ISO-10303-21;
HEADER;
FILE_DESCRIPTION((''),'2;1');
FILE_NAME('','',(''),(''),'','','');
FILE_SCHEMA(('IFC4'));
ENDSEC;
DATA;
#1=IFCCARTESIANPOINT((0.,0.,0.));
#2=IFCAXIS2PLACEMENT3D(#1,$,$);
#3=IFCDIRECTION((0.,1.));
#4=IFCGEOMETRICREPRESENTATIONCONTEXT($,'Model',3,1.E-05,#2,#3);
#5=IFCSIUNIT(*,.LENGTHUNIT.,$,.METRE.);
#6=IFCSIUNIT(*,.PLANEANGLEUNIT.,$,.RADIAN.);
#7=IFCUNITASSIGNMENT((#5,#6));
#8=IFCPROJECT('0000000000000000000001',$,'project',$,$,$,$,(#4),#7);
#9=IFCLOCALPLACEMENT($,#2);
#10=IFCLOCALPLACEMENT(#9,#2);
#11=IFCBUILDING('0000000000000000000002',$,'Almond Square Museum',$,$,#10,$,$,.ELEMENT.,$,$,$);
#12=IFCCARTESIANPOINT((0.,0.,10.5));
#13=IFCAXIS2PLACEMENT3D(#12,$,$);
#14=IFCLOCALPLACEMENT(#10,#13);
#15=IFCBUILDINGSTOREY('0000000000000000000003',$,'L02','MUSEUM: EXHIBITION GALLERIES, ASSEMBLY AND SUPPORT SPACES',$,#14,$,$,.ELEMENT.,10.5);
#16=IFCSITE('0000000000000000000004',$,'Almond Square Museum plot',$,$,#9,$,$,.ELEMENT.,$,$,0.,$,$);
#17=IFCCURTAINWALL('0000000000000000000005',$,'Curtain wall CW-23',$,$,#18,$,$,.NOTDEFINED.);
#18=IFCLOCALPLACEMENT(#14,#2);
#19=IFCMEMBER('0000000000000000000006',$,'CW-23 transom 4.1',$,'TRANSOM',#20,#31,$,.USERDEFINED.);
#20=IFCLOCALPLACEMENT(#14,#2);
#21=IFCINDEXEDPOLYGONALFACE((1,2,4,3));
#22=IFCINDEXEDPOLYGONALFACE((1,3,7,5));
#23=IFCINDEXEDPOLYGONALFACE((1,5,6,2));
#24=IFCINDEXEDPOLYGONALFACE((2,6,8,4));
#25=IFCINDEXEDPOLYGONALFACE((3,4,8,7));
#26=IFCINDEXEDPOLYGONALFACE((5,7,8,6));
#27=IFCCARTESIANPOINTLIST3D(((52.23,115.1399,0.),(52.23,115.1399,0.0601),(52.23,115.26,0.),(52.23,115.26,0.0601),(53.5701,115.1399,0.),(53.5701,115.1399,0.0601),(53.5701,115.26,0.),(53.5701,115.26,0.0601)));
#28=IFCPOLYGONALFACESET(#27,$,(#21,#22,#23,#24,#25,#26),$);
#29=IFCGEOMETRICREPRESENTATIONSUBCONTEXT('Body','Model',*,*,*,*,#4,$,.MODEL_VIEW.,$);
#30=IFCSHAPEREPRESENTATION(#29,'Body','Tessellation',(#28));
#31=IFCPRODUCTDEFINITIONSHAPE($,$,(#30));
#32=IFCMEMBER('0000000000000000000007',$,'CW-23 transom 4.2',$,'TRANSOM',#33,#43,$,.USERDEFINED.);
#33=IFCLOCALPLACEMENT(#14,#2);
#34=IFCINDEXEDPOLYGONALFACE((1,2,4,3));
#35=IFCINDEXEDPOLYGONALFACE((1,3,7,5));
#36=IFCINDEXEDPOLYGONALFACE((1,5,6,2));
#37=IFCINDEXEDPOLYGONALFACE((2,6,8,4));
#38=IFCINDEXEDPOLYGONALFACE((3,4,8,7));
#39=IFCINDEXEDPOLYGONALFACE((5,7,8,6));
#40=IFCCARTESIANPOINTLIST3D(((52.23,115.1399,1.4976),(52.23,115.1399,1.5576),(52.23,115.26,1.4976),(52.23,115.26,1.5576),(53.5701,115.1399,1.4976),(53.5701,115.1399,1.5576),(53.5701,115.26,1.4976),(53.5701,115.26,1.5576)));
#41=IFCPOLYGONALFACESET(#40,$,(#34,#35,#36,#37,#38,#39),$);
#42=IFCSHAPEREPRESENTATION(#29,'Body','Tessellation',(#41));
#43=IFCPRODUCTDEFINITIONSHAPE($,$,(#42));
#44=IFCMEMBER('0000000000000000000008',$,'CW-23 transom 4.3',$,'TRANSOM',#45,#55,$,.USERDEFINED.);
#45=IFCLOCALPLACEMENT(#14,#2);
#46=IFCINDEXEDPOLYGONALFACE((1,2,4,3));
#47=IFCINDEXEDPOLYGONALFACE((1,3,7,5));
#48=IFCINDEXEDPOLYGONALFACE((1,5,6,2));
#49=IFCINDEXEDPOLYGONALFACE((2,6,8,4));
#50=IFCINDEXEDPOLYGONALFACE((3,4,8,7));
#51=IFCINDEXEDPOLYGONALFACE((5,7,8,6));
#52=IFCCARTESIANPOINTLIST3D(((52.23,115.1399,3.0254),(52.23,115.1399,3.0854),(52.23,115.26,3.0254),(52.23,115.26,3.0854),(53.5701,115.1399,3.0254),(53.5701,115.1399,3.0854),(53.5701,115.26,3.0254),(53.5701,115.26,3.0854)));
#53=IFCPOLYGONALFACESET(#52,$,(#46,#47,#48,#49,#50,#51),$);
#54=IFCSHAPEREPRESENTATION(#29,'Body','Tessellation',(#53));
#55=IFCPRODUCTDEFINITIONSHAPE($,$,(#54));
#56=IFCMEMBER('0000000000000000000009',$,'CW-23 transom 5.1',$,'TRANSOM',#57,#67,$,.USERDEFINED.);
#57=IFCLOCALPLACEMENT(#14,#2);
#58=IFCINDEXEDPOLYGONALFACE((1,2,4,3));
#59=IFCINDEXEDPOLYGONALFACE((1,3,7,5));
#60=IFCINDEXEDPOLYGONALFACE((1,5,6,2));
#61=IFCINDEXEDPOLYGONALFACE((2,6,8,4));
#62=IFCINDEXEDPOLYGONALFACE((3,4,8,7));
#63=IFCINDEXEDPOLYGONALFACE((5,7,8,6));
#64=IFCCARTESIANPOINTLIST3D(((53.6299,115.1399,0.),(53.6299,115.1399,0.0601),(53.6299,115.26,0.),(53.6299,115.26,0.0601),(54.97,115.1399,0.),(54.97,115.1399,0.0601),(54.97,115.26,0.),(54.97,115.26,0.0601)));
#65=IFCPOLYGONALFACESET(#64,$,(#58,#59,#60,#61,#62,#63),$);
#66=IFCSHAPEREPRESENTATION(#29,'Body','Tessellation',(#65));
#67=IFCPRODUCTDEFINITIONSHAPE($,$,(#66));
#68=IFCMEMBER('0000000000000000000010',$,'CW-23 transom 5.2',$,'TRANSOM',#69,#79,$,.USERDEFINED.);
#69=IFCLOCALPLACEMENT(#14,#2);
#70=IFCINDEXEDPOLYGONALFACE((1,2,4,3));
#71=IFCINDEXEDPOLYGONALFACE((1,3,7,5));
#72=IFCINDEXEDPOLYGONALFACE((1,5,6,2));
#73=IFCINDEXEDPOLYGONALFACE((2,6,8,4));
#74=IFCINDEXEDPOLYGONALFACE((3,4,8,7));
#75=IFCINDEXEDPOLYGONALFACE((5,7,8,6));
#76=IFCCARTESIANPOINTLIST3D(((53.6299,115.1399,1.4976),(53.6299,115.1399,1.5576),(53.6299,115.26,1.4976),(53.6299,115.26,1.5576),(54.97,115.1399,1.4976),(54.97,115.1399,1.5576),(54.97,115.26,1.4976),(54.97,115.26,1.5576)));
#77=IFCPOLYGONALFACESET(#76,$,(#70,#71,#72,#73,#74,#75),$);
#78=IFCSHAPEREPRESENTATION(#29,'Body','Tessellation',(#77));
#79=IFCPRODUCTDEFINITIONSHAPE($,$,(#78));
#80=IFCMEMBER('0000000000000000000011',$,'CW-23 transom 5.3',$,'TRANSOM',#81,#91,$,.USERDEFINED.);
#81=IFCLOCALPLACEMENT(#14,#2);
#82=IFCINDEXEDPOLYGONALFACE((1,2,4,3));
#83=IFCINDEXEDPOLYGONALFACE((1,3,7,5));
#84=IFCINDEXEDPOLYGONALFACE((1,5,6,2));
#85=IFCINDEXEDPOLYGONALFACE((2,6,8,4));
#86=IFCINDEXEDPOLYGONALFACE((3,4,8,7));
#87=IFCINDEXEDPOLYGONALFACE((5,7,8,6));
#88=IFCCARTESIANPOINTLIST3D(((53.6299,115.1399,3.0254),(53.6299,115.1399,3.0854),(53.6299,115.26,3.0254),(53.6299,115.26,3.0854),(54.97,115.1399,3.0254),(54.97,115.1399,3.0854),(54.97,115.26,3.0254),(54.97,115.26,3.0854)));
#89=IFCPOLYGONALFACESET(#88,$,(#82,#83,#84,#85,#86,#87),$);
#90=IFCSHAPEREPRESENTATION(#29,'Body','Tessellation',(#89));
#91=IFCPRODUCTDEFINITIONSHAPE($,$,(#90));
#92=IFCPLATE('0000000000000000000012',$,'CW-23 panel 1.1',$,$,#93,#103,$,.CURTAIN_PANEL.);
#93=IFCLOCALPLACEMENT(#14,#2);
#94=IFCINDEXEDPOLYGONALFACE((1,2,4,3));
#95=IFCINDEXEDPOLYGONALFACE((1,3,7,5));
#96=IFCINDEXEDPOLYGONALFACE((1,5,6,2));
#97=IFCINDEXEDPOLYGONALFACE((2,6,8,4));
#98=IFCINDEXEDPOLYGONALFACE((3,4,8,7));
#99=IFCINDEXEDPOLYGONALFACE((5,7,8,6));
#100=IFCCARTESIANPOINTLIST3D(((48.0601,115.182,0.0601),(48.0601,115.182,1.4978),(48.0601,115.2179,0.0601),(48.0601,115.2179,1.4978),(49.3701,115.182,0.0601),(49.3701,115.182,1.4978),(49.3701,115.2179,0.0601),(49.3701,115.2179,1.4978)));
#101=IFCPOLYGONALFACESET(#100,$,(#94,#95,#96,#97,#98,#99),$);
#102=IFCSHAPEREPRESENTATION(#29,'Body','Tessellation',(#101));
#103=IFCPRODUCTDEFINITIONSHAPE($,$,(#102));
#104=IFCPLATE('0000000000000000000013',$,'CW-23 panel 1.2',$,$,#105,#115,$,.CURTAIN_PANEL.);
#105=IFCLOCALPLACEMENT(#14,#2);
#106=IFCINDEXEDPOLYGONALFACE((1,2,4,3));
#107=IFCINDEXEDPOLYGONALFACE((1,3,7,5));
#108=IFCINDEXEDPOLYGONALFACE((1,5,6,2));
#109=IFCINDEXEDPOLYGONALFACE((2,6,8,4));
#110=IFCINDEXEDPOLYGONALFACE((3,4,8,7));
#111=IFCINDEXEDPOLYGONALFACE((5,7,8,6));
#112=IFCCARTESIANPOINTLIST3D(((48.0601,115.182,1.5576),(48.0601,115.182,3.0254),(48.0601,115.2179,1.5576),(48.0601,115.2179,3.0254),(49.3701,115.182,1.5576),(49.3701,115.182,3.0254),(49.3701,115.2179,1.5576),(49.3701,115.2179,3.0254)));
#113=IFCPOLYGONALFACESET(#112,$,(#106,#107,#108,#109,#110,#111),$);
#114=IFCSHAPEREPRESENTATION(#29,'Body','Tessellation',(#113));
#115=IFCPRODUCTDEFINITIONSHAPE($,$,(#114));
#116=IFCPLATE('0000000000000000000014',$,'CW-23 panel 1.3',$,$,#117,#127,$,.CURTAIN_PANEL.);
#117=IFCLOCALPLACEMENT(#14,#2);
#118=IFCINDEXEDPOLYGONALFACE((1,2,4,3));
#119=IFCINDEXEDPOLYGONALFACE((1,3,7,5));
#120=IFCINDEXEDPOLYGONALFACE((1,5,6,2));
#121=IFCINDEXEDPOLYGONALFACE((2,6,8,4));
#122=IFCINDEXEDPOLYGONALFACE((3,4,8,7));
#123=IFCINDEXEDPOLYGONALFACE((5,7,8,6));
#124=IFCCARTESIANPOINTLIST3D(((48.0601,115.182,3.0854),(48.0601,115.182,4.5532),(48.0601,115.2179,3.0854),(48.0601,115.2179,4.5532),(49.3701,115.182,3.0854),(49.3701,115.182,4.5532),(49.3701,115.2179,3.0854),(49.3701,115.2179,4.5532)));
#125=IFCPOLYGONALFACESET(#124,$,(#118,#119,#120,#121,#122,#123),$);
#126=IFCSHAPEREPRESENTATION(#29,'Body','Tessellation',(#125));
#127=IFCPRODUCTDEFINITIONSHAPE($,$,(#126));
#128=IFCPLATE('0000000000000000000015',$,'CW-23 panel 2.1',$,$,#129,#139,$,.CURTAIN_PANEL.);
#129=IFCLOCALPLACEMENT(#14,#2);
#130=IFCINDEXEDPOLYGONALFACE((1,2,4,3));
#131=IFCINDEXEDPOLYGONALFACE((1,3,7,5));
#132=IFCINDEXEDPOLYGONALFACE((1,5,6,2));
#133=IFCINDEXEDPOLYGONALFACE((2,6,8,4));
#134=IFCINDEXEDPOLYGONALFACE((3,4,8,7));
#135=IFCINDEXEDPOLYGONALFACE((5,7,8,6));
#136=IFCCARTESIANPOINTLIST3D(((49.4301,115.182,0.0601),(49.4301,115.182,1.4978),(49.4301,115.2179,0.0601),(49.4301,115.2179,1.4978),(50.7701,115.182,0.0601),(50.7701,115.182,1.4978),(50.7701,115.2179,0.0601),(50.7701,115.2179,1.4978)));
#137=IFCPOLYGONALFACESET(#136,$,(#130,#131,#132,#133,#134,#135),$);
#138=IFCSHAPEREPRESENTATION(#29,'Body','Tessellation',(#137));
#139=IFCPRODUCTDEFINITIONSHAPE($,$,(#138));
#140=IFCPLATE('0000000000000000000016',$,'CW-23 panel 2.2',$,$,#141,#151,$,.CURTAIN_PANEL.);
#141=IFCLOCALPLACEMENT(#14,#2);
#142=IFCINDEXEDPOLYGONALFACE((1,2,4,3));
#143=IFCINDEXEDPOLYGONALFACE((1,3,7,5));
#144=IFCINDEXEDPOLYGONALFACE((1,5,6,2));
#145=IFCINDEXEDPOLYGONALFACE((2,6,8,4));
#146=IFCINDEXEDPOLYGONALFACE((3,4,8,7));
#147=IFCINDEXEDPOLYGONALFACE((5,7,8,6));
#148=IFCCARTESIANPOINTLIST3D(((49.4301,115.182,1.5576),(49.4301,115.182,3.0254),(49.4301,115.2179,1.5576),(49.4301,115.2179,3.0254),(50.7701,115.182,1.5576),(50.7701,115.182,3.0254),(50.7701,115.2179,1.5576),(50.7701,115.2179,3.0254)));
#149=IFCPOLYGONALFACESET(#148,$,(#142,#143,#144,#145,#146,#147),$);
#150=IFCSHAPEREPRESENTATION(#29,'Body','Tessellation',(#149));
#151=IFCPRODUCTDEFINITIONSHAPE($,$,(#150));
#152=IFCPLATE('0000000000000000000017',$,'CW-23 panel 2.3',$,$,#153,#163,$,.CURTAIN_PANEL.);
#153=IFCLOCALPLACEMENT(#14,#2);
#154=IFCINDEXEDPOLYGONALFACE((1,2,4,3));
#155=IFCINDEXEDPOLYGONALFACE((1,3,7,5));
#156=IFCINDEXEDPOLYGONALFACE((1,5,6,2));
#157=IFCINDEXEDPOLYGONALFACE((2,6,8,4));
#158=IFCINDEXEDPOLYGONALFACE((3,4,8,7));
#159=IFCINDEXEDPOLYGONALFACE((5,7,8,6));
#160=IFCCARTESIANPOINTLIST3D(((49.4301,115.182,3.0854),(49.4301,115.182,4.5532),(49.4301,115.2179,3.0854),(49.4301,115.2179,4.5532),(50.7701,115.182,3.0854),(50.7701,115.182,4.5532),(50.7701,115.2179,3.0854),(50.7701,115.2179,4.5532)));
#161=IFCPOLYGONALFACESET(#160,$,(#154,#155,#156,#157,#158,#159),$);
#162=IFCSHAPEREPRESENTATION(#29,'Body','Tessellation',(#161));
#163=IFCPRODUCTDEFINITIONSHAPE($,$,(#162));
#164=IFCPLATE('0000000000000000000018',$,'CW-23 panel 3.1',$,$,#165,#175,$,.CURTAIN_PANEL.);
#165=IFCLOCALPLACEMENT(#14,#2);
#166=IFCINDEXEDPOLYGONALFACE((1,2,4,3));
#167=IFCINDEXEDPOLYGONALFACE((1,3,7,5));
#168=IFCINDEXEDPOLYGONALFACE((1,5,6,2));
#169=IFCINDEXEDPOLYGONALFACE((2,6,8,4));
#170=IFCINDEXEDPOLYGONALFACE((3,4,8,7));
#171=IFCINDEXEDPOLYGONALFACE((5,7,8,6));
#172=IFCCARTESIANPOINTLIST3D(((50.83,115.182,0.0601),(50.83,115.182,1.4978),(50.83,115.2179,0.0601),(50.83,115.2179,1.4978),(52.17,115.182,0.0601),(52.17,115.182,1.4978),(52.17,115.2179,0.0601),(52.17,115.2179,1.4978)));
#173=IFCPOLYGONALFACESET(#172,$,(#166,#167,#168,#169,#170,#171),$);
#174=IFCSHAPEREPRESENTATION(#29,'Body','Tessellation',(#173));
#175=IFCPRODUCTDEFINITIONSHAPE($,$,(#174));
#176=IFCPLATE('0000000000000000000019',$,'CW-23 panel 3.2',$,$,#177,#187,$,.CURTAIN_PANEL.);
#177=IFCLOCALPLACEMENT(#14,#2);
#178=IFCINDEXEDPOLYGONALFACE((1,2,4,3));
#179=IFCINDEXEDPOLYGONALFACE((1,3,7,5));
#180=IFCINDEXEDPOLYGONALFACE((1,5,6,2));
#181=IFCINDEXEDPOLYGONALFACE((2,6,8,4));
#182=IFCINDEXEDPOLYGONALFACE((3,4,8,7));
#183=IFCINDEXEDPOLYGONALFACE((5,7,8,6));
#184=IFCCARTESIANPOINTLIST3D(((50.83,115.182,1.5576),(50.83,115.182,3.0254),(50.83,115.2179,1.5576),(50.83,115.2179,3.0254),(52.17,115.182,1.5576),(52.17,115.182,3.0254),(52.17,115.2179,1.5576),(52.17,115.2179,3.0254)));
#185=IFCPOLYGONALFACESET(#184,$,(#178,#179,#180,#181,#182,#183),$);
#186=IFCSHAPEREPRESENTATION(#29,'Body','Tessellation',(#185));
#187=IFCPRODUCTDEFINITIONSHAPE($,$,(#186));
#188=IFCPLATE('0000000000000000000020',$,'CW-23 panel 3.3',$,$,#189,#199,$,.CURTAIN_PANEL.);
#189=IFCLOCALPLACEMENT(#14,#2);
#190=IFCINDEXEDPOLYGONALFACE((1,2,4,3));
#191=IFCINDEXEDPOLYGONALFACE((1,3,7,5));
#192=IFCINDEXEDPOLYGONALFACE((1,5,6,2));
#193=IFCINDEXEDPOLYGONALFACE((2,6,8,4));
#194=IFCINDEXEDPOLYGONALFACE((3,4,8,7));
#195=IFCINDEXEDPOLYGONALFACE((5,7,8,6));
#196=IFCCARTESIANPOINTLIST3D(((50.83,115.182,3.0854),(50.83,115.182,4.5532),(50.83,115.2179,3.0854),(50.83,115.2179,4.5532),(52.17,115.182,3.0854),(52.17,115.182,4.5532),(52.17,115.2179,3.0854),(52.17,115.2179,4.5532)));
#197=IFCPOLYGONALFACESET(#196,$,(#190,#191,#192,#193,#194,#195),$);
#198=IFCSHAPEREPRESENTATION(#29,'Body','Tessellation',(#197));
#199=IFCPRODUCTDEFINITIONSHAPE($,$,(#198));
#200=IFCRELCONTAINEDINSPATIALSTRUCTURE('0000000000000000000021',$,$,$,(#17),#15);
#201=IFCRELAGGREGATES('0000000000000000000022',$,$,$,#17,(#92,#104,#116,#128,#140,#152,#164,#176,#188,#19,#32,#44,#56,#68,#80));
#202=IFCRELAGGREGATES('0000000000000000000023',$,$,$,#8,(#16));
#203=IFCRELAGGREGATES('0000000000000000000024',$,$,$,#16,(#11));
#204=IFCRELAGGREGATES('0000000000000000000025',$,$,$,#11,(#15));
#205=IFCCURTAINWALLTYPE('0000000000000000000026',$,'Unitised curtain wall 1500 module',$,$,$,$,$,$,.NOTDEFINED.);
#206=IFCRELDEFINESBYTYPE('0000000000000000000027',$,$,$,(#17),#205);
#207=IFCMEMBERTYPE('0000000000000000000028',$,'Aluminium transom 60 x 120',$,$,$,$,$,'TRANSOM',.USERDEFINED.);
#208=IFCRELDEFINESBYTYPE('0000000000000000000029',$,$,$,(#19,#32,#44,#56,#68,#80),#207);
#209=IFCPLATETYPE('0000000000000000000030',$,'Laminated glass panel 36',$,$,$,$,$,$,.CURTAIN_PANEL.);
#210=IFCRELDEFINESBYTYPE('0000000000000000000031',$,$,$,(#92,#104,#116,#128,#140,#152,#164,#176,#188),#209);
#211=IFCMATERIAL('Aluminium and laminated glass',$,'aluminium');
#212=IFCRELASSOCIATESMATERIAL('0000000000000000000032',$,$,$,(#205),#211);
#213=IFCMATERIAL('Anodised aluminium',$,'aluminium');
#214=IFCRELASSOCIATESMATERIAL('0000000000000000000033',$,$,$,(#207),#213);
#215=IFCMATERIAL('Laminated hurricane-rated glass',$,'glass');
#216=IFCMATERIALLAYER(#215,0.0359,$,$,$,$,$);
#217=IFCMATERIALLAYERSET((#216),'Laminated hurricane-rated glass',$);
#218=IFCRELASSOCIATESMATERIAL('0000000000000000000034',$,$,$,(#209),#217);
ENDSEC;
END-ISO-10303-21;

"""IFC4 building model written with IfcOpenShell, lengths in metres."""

from ifc_helpers import new_model, si_unit, direction, frame, origin, origin_2d, place, context, subcontext, project, spatial, rectangle, extrude, material, layer, layer_set, material_profile, profile_set, type_object, element, aggregate, save


model = new_model("IFC4")

# Units and contexts
model_context = context("Model", 3, precision=1e-05, world=origin(), true_north=direction((0.0, 1.0)))
body_context = subcontext(model_context, "Body", "Model", "MODEL_VIEW")
ifc_project = project(units=[si_unit("LENGTHUNIT", "METRE"), si_unit("PLANEANGLEUNIT", "RADIAN")], contexts=[model_context])

# Site, building, storey
site_placement = place(None, origin())
site = spatial("IfcSite", under=ifc_project, at=site_placement, Name="Almond Square Museum plot", CompositionType="ELEMENT", RefElevation=0.0)
building_placement = place(site_placement, origin())
building = spatial("IfcBuilding", under=site, at=building_placement, Name="Almond Square Museum", CompositionType="ELEMENT")
storey_placement = place(building_placement, frame((0.0, 0.0, 10.5)))
storey = spatial("IfcBuildingStorey", under=building, at=storey_placement, Name="L02", Description="MUSEUM: EXHIBITION GALLERIES, ASSEMBLY AND SUPPORT SPACES", CompositionType="ELEMENT", Elevation=10.5)

# Curtain wall
ifc_material_1 = material(Name="Aluminium and laminated glass", Category="aluminium")
curtain_wall_type = type_object("IfcCurtainWallType", Name="Unitised curtain wall 1500 module", PredefinedType="NOTDEFINED", material=ifc_material_1)
curtain_wall_1_placement = place(storey_placement, origin())
curtain_wall_1 = element("IfcCurtainWall", 1, at=curtain_wall_1_placement, inside=storey, type_object=curtain_wall_type, Name="Curtain wall CW-23", PredefinedType="NOTDEFINED")

# Members
ifc_material_2 = material(Name="Anodised aluminium", Category="aluminium")
ifc_material_profile_1 = material_profile(ifc_material_2, rectangle(XDim=0.1201, YDim=0.0601, at=origin_2d()))
ifc_profile_set_1 = profile_set([ifc_material_profile_1], Name="Anodised aluminium")
member_type_1 = type_object("IfcMemberType", Name="Aluminium transom 60 x 120", ElementType="TRANSOM", PredefinedType="USERDEFINED", material=ifc_profile_set_1)
member_1_placement = place(storey_placement, frame((52.23, 115.2, 0.03), z_axis=(1.0, 0.0, 0.0), x_axis=(0.0, 1.0, 0.0)))
member_1 = element("IfcMember", 2, at=member_1_placement, type_object=member_type_1, Name="CW-23 transom 4.1", ObjectType="TRANSOM", PredefinedType="USERDEFINED", context=body_context, shape_type="SweptSolid", body=[
    extrude(rectangle(XDim=0.1201, YDim=0.0601, at=origin_2d()), origin(), (0.0, 0.0, 1.0), 1.3401),
])
member_2_placement = place(storey_placement, frame((52.23, 115.2, 1.5276), z_axis=(1.0, 0.0, 0.0), x_axis=(0.0, 1.0, 0.0)))
member_2 = element("IfcMember", 3, at=member_2_placement, type_object=member_type_1, Name="CW-23 transom 4.2", ObjectType="TRANSOM", PredefinedType="USERDEFINED", context=body_context, shape_type="SweptSolid", body=[
    extrude(rectangle(XDim=0.1201, YDim=0.0601, at=origin_2d()), origin(), (0.0, 0.0, 1.0), 1.3401),
])
member_3_placement = place(storey_placement, frame((52.23, 115.2, 3.0554), z_axis=(1.0, 0.0, 0.0), x_axis=(0.0, 1.0, 0.0)))
member_3 = element("IfcMember", 4, at=member_3_placement, type_object=member_type_1, Name="CW-23 transom 4.3", ObjectType="TRANSOM", PredefinedType="USERDEFINED", context=body_context, shape_type="SweptSolid", body=[
    extrude(rectangle(XDim=0.1201, YDim=0.0601, at=origin_2d()), origin(), (0.0, 0.0, 1.0), 1.3401),
])
member_4_placement = place(storey_placement, frame((53.6299, 115.2, 0.03), z_axis=(1.0, 0.0, 0.0), x_axis=(0.0, 1.0, 0.0)))
member_4 = element("IfcMember", 5, at=member_4_placement, type_object=member_type_1, Name="CW-23 transom 5.1", ObjectType="TRANSOM", PredefinedType="USERDEFINED", context=body_context, shape_type="SweptSolid", body=[
    extrude(rectangle(XDim=0.1201, YDim=0.0601, at=origin_2d()), origin(), (0.0, 0.0, 1.0), 1.3401),
])
member_5_placement = place(storey_placement, frame((53.6299, 115.2, 1.5276), z_axis=(1.0, 0.0, 0.0), x_axis=(0.0, 1.0, 0.0)))
member_5 = element("IfcMember", 6, at=member_5_placement, type_object=member_type_1, Name="CW-23 transom 5.2", ObjectType="TRANSOM", PredefinedType="USERDEFINED", context=body_context, shape_type="SweptSolid", body=[
    extrude(rectangle(XDim=0.1201, YDim=0.0601, at=origin_2d()), origin(), (0.0, 0.0, 1.0), 1.3401),
])
member_6_placement = place(storey_placement, frame((53.6299, 115.2, 3.0554), z_axis=(1.0, 0.0, 0.0), x_axis=(0.0, 1.0, 0.0)))
member_6 = element("IfcMember", 7, at=member_6_placement, type_object=member_type_1, Name="CW-23 transom 5.3", ObjectType="TRANSOM", PredefinedType="USERDEFINED", context=body_context, shape_type="SweptSolid", body=[
    extrude(rectangle(XDim=0.1201, YDim=0.0601, at=origin_2d()), origin(), (0.0, 0.0, 1.0), 1.3401),
])

# Plates
ifc_material_3 = material(Name="Laminated hurricane-rated glass", Category="glass")
ifc_layer = layer(ifc_material_3, 0.0359)
ifc_layer_set = layer_set([ifc_layer], Name="Laminated hurricane-rated glass")
plate_type = type_object("IfcPlateType", Name="Laminated glass panel 36", PredefinedType="CURTAIN_PANEL", material=ifc_layer_set)
plate_1_placement = place(storey_placement, frame((48.7151, 115.2, 0.0601), z_axis=(0.0, 0.0, 1.0), x_axis=(1.0, 0.0, 0.0)))
plate_1 = element("IfcPlate", 8, at=plate_1_placement, type_object=plate_type, Name="CW-23 panel 1.1", PredefinedType="CURTAIN_PANEL", context=body_context, shape_type="SweptSolid", body=[
    extrude(rectangle(XDim=1.3101, YDim=0.0359, at=origin_2d()), origin(), (0.0, 0.0, 1.0), 1.4377),
])
plate_2_placement = place(storey_placement, frame((48.7151, 115.2, 1.5576), z_axis=(0.0, 0.0, 1.0), x_axis=(1.0, 0.0, 0.0)))
plate_2 = element("IfcPlate", 9, at=plate_2_placement, type_object=plate_type, Name="CW-23 panel 1.2", PredefinedType="CURTAIN_PANEL", context=body_context, shape_type="SweptSolid", body=[
    extrude(rectangle(XDim=1.3101, YDim=0.0359, at=origin_2d()), origin(), (0.0, 0.0, 1.0), 1.4678),
])
plate_3_placement = place(storey_placement, frame((48.7151, 115.2, 3.0854), z_axis=(0.0, 0.0, 1.0), x_axis=(1.0, 0.0, 0.0)))
plate_3 = element("IfcPlate", 10, at=plate_3_placement, type_object=plate_type, Name="CW-23 panel 1.3", PredefinedType="CURTAIN_PANEL", context=body_context, shape_type="SweptSolid", body=[
    extrude(rectangle(XDim=1.3101, YDim=0.0359, at=origin_2d()), origin(), (0.0, 0.0, 1.0), 1.4678),
])
plate_4_placement = place(storey_placement, frame((50.1001, 115.2, 0.0601), z_axis=(0.0, 0.0, 1.0), x_axis=(1.0, 0.0, 0.0)))
plate_4 = element("IfcPlate", 11, at=plate_4_placement, type_object=plate_type, Name="CW-23 panel 2.1", PredefinedType="CURTAIN_PANEL", context=body_context, shape_type="SweptSolid", body=[
    extrude(rectangle(XDim=1.3401, YDim=0.0359, at=origin_2d()), origin(), (0.0, 0.0, 1.0), 1.4377),
])
plate_5_placement = place(storey_placement, frame((50.1001, 115.2, 1.5576), z_axis=(0.0, 0.0, 1.0), x_axis=(1.0, 0.0, 0.0)))
plate_5 = element("IfcPlate", 12, at=plate_5_placement, type_object=plate_type, Name="CW-23 panel 2.2", PredefinedType="CURTAIN_PANEL", context=body_context, shape_type="SweptSolid", body=[
    extrude(rectangle(XDim=1.3401, YDim=0.0359, at=origin_2d()), origin(), (0.0, 0.0, 1.0), 1.4678),
])
plate_6_placement = place(storey_placement, frame((50.1001, 115.2, 3.0854), z_axis=(0.0, 0.0, 1.0), x_axis=(1.0, 0.0, 0.0)))
plate_6 = element("IfcPlate", 13, at=plate_6_placement, type_object=plate_type, Name="CW-23 panel 2.3", PredefinedType="CURTAIN_PANEL", context=body_context, shape_type="SweptSolid", body=[
    extrude(rectangle(XDim=1.3401, YDim=0.0359, at=origin_2d()), origin(), (0.0, 0.0, 1.0), 1.4678),
])
plate_7_placement = place(storey_placement, frame((51.5, 115.2, 0.0601), z_axis=(0.0, 0.0, 1.0), x_axis=(1.0, 0.0, 0.0)))
plate_7 = element("IfcPlate", 14, at=plate_7_placement, type_object=plate_type, Name="CW-23 panel 3.1", PredefinedType="CURTAIN_PANEL", context=body_context, shape_type="SweptSolid", body=[
    extrude(rectangle(XDim=1.3401, YDim=0.0359, at=origin_2d()), origin(), (0.0, 0.0, 1.0), 1.4377),
])
plate_8_placement = place(storey_placement, frame((51.5, 115.2, 1.5576), z_axis=(0.0, 0.0, 1.0), x_axis=(1.0, 0.0, 0.0)))
plate_8 = element("IfcPlate", 15, at=plate_8_placement, type_object=plate_type, Name="CW-23 panel 3.2", PredefinedType="CURTAIN_PANEL", context=body_context, shape_type="SweptSolid", body=[
    extrude(rectangle(XDim=1.3401, YDim=0.0359, at=origin_2d()), origin(), (0.0, 0.0, 1.0), 1.4678),
])
plate_9_placement = place(storey_placement, frame((51.5, 115.2, 3.0854), z_axis=(0.0, 0.0, 1.0), x_axis=(1.0, 0.0, 0.0)))
plate_9 = element("IfcPlate", 16, at=plate_9_placement, type_object=plate_type, Name="CW-23 panel 3.3", PredefinedType="CURTAIN_PANEL", context=body_context, shape_type="SweptSolid", body=[
    extrude(rectangle(XDim=1.3401, YDim=0.0359, at=origin_2d()), origin(), (0.0, 0.0, 1.0), 1.4678),
])
aggregate(curtain_wall_1, [plate_1, plate_2, plate_3, plate_4, plate_5, plate_6, plate_7, plate_8, plate_9, member_1, member_2, member_3, member_4, member_5, member_6])

save(model, "model.ifc")
